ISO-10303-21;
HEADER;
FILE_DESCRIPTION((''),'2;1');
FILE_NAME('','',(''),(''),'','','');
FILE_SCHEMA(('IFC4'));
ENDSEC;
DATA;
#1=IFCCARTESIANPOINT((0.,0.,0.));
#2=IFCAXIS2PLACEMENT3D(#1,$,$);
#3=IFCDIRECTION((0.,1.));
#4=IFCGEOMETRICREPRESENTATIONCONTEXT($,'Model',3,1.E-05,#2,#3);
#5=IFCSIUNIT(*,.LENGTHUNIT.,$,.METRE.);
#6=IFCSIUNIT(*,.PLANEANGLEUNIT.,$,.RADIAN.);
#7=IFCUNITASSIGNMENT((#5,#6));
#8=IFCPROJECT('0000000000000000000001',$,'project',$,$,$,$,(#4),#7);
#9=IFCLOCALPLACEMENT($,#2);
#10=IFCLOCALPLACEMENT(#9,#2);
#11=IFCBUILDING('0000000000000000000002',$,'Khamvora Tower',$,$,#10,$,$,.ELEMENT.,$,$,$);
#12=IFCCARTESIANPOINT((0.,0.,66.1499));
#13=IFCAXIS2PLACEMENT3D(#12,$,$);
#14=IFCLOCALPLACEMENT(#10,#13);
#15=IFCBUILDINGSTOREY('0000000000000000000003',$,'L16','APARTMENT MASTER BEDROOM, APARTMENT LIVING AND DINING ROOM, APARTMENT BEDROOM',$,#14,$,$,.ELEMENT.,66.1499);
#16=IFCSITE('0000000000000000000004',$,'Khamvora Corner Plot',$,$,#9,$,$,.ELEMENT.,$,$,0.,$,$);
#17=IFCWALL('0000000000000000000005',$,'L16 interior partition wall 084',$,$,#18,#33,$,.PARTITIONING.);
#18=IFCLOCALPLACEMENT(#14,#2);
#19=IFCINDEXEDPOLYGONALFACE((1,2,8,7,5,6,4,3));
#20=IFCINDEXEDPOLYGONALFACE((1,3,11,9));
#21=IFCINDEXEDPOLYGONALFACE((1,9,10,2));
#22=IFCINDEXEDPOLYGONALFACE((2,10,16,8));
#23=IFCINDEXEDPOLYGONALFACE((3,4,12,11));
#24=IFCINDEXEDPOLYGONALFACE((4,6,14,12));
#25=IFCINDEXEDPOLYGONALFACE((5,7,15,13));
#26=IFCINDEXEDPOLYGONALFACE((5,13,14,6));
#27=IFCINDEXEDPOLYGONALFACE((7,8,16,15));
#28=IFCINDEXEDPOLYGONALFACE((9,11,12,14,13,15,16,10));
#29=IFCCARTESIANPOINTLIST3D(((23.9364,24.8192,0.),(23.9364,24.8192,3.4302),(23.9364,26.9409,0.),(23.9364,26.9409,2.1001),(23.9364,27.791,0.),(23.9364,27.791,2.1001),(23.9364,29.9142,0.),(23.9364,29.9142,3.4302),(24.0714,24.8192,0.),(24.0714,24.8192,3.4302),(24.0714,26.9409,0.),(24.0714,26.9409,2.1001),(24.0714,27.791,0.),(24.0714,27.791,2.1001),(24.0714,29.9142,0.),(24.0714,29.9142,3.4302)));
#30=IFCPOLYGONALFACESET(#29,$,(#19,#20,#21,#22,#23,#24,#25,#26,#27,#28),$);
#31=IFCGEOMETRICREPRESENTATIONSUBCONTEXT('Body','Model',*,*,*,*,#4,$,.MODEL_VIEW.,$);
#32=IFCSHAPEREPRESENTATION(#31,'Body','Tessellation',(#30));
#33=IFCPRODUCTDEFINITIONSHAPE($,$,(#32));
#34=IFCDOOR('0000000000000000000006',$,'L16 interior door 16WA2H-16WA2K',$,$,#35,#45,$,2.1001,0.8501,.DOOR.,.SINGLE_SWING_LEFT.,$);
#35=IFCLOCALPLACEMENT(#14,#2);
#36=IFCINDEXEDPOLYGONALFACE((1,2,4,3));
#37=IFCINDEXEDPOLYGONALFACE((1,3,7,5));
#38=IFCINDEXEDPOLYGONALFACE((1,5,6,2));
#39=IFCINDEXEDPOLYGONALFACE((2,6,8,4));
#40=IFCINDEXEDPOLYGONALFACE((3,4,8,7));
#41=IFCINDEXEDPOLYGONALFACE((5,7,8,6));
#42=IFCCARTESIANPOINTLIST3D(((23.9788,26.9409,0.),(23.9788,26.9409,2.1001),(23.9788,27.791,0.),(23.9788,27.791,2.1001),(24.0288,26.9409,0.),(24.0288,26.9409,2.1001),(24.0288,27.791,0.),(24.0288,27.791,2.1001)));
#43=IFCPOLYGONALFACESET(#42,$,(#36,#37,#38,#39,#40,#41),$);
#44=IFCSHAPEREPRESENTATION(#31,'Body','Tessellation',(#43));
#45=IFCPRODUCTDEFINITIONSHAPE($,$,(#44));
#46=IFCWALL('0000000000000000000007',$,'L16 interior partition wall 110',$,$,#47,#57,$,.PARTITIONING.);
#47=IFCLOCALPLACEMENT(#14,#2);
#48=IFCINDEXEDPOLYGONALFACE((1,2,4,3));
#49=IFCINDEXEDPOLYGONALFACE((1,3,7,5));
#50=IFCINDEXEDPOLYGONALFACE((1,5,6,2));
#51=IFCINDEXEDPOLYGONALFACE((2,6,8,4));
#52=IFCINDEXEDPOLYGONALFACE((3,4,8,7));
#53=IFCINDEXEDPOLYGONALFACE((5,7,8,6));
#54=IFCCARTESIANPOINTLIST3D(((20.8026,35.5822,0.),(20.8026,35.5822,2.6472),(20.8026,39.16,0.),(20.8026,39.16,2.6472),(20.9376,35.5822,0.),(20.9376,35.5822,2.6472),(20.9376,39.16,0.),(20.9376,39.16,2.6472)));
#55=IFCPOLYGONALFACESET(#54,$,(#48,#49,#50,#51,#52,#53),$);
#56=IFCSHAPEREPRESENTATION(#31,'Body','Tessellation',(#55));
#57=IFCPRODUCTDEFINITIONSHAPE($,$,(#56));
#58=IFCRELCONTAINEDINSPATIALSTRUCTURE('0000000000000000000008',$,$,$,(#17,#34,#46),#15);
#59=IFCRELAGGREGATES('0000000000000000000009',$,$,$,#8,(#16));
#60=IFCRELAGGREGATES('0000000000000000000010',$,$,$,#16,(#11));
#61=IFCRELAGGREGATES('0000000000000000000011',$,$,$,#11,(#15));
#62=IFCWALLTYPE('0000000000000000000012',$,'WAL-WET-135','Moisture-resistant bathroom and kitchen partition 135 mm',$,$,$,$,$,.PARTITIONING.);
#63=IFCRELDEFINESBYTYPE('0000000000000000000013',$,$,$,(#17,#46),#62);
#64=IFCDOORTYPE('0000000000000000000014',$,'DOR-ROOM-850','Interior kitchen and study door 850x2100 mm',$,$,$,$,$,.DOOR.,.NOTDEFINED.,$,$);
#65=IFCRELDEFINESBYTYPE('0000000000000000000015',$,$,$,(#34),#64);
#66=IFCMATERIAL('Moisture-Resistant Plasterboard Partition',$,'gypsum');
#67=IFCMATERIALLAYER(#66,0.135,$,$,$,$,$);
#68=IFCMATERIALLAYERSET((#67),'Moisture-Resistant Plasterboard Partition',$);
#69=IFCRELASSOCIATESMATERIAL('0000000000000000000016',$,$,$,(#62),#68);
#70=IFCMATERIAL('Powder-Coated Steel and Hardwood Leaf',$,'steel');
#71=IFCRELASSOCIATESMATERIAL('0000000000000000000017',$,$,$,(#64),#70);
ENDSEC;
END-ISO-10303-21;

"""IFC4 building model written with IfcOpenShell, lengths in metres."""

from ifc_helpers import new_model, si_unit, direction, frame, frame_2d, origin, place, context, subcontext, project, spatial, rectangle, extrude, material, layer, layer_set, type_object, element, fill, save


model = new_model("IFC4")

# Units and contexts
model_context = context("Model", 3, precision=1e-05, world=origin(), true_north=direction((0.0, 1.0)))
body_context = subcontext(model_context, "Body", "Model", "MODEL_VIEW")
ifc_project = project(units=[si_unit("LENGTHUNIT", "METRE"), si_unit("PLANEANGLEUNIT", "RADIAN")], contexts=[model_context])

# Site, building, storey
site_placement = place(None, origin())
site = spatial("IfcSite", under=ifc_project, at=site_placement, Name="Khamvora Corner Plot", CompositionType="ELEMENT", RefElevation=0.0)
building_placement = place(site_placement, origin())
building = spatial("IfcBuilding", under=site, at=building_placement, Name="Khamvora Tower", CompositionType="ELEMENT")
storey_placement = place(building_placement, frame((0.0, 0.0, 66.1499)))
storey = spatial("IfcBuildingStorey", under=building, at=storey_placement, Name="L16", Description="APARTMENT MASTER BEDROOM, APARTMENT LIVING AND DINING ROOM, APARTMENT BEDROOM", CompositionType="ELEMENT", Elevation=66.1499)

# Shared definitions
ifc_material_1 = material(Name="Powder-Coated Steel and Hardwood Leaf", Category="steel")

# Shared definitions
ifc_material_2 = material(Name="Moisture-Resistant Plasterboard Partition", Category="gypsum")
ifc_layer_1 = layer(ifc_material_2, 0.135)
ifc_layer_set_1 = layer_set([ifc_layer_1], Name="Moisture-Resistant Plasterboard Partition")
wall_type_1 = type_object("IfcWallType", Name="WAL-WET-135", Description="Moisture-resistant bathroom and kitchen partition 135 mm", PredefinedType="PARTITIONING", material=ifc_layer_set_1)

# Wall, opening, door
wall_1_placement = place(storey_placement, frame((24.0039, 29.9141, 0.0), z_axis=(0.0, 0.0, 1.0), x_axis=(0.0, -1.0, 0.0)))
wall_1 = element("IfcWall", 1, at=wall_1_placement, inside=storey, type_object=wall_type_1, Name="L16 interior partition wall 084", PredefinedType="PARTITIONING", context=body_context, shape_type="SweptSolid", body=[
    extrude(rectangle(XDim=5.095, YDim=0.135, at=frame_2d((2.5474, 0.0))), origin(), (0.0, 0.0, 1.0), 3.4302),
])
opening_1_placement = place(wall_1_placement, frame((2.123, 0.0, 0.0)))
opening_1 = element("IfcOpeningElement", 2, at=opening_1_placement, cuts=wall_1, PredefinedType="OPENING", context=body_context, shape_type="SweptSolid", body=[
    extrude(rectangle(XDim=0.8501, YDim=2.1001, at=frame_2d((0.425, 1.05))), frame((0.0, 0.0774, 0.0), z_axis=(0.0, -1.0, 0.0), x_axis=(1.0, 0.0, 0.0)), (0.0, 0.0, 1.0), 0.155),
])
door_type_1 = type_object("IfcDoorType", Name="DOR-ROOM-850", Description="Interior kitchen and study door 850x2100 mm", OperationType="NOTDEFINED", PredefinedType="DOOR", material=ifc_material_1)
door_1_placement = place(opening_1_placement, origin())
door_1 = element("IfcDoor", 3, at=door_1_placement, inside=storey, type_object=door_type_1, Name="L16 interior door 16WA2H-16WA2K", OperationType="SINGLE_SWING_LEFT", OverallHeight=2.1001, OverallWidth=0.8501, PredefinedType="DOOR", context=body_context, shape_type="SweptSolid", body=[
    extrude(rectangle(XDim=0.8501, YDim=2.1001, at=frame_2d((0.425, 1.05))), frame((0.0, 0.0249, 0.0), z_axis=(0.0, -1.0, 0.0), x_axis=(1.0, 0.0, 0.0)), (0.0, 0.0, 1.0), 0.05),
])
fill(opening_1, door_1)

# Wall
wall_2_placement = place(storey_placement, frame((20.8701, 35.582, 0.0), z_axis=(0.0, 0.0, 1.0), x_axis=(0.0, 1.0, 0.0)))
element("IfcWall", 4, at=wall_2_placement, inside=storey, type_object=wall_type_1, Name="L16 interior partition wall 110", PredefinedType="PARTITIONING", context=body_context, shape_type="SweptSolid", body=[
    extrude(rectangle(XDim=3.5779, YDim=0.135, at=frame_2d((1.7891, 0.0))), origin(), (0.0, 0.0, 1.0), 2.6472),
])

save(model, "model.ifc")
